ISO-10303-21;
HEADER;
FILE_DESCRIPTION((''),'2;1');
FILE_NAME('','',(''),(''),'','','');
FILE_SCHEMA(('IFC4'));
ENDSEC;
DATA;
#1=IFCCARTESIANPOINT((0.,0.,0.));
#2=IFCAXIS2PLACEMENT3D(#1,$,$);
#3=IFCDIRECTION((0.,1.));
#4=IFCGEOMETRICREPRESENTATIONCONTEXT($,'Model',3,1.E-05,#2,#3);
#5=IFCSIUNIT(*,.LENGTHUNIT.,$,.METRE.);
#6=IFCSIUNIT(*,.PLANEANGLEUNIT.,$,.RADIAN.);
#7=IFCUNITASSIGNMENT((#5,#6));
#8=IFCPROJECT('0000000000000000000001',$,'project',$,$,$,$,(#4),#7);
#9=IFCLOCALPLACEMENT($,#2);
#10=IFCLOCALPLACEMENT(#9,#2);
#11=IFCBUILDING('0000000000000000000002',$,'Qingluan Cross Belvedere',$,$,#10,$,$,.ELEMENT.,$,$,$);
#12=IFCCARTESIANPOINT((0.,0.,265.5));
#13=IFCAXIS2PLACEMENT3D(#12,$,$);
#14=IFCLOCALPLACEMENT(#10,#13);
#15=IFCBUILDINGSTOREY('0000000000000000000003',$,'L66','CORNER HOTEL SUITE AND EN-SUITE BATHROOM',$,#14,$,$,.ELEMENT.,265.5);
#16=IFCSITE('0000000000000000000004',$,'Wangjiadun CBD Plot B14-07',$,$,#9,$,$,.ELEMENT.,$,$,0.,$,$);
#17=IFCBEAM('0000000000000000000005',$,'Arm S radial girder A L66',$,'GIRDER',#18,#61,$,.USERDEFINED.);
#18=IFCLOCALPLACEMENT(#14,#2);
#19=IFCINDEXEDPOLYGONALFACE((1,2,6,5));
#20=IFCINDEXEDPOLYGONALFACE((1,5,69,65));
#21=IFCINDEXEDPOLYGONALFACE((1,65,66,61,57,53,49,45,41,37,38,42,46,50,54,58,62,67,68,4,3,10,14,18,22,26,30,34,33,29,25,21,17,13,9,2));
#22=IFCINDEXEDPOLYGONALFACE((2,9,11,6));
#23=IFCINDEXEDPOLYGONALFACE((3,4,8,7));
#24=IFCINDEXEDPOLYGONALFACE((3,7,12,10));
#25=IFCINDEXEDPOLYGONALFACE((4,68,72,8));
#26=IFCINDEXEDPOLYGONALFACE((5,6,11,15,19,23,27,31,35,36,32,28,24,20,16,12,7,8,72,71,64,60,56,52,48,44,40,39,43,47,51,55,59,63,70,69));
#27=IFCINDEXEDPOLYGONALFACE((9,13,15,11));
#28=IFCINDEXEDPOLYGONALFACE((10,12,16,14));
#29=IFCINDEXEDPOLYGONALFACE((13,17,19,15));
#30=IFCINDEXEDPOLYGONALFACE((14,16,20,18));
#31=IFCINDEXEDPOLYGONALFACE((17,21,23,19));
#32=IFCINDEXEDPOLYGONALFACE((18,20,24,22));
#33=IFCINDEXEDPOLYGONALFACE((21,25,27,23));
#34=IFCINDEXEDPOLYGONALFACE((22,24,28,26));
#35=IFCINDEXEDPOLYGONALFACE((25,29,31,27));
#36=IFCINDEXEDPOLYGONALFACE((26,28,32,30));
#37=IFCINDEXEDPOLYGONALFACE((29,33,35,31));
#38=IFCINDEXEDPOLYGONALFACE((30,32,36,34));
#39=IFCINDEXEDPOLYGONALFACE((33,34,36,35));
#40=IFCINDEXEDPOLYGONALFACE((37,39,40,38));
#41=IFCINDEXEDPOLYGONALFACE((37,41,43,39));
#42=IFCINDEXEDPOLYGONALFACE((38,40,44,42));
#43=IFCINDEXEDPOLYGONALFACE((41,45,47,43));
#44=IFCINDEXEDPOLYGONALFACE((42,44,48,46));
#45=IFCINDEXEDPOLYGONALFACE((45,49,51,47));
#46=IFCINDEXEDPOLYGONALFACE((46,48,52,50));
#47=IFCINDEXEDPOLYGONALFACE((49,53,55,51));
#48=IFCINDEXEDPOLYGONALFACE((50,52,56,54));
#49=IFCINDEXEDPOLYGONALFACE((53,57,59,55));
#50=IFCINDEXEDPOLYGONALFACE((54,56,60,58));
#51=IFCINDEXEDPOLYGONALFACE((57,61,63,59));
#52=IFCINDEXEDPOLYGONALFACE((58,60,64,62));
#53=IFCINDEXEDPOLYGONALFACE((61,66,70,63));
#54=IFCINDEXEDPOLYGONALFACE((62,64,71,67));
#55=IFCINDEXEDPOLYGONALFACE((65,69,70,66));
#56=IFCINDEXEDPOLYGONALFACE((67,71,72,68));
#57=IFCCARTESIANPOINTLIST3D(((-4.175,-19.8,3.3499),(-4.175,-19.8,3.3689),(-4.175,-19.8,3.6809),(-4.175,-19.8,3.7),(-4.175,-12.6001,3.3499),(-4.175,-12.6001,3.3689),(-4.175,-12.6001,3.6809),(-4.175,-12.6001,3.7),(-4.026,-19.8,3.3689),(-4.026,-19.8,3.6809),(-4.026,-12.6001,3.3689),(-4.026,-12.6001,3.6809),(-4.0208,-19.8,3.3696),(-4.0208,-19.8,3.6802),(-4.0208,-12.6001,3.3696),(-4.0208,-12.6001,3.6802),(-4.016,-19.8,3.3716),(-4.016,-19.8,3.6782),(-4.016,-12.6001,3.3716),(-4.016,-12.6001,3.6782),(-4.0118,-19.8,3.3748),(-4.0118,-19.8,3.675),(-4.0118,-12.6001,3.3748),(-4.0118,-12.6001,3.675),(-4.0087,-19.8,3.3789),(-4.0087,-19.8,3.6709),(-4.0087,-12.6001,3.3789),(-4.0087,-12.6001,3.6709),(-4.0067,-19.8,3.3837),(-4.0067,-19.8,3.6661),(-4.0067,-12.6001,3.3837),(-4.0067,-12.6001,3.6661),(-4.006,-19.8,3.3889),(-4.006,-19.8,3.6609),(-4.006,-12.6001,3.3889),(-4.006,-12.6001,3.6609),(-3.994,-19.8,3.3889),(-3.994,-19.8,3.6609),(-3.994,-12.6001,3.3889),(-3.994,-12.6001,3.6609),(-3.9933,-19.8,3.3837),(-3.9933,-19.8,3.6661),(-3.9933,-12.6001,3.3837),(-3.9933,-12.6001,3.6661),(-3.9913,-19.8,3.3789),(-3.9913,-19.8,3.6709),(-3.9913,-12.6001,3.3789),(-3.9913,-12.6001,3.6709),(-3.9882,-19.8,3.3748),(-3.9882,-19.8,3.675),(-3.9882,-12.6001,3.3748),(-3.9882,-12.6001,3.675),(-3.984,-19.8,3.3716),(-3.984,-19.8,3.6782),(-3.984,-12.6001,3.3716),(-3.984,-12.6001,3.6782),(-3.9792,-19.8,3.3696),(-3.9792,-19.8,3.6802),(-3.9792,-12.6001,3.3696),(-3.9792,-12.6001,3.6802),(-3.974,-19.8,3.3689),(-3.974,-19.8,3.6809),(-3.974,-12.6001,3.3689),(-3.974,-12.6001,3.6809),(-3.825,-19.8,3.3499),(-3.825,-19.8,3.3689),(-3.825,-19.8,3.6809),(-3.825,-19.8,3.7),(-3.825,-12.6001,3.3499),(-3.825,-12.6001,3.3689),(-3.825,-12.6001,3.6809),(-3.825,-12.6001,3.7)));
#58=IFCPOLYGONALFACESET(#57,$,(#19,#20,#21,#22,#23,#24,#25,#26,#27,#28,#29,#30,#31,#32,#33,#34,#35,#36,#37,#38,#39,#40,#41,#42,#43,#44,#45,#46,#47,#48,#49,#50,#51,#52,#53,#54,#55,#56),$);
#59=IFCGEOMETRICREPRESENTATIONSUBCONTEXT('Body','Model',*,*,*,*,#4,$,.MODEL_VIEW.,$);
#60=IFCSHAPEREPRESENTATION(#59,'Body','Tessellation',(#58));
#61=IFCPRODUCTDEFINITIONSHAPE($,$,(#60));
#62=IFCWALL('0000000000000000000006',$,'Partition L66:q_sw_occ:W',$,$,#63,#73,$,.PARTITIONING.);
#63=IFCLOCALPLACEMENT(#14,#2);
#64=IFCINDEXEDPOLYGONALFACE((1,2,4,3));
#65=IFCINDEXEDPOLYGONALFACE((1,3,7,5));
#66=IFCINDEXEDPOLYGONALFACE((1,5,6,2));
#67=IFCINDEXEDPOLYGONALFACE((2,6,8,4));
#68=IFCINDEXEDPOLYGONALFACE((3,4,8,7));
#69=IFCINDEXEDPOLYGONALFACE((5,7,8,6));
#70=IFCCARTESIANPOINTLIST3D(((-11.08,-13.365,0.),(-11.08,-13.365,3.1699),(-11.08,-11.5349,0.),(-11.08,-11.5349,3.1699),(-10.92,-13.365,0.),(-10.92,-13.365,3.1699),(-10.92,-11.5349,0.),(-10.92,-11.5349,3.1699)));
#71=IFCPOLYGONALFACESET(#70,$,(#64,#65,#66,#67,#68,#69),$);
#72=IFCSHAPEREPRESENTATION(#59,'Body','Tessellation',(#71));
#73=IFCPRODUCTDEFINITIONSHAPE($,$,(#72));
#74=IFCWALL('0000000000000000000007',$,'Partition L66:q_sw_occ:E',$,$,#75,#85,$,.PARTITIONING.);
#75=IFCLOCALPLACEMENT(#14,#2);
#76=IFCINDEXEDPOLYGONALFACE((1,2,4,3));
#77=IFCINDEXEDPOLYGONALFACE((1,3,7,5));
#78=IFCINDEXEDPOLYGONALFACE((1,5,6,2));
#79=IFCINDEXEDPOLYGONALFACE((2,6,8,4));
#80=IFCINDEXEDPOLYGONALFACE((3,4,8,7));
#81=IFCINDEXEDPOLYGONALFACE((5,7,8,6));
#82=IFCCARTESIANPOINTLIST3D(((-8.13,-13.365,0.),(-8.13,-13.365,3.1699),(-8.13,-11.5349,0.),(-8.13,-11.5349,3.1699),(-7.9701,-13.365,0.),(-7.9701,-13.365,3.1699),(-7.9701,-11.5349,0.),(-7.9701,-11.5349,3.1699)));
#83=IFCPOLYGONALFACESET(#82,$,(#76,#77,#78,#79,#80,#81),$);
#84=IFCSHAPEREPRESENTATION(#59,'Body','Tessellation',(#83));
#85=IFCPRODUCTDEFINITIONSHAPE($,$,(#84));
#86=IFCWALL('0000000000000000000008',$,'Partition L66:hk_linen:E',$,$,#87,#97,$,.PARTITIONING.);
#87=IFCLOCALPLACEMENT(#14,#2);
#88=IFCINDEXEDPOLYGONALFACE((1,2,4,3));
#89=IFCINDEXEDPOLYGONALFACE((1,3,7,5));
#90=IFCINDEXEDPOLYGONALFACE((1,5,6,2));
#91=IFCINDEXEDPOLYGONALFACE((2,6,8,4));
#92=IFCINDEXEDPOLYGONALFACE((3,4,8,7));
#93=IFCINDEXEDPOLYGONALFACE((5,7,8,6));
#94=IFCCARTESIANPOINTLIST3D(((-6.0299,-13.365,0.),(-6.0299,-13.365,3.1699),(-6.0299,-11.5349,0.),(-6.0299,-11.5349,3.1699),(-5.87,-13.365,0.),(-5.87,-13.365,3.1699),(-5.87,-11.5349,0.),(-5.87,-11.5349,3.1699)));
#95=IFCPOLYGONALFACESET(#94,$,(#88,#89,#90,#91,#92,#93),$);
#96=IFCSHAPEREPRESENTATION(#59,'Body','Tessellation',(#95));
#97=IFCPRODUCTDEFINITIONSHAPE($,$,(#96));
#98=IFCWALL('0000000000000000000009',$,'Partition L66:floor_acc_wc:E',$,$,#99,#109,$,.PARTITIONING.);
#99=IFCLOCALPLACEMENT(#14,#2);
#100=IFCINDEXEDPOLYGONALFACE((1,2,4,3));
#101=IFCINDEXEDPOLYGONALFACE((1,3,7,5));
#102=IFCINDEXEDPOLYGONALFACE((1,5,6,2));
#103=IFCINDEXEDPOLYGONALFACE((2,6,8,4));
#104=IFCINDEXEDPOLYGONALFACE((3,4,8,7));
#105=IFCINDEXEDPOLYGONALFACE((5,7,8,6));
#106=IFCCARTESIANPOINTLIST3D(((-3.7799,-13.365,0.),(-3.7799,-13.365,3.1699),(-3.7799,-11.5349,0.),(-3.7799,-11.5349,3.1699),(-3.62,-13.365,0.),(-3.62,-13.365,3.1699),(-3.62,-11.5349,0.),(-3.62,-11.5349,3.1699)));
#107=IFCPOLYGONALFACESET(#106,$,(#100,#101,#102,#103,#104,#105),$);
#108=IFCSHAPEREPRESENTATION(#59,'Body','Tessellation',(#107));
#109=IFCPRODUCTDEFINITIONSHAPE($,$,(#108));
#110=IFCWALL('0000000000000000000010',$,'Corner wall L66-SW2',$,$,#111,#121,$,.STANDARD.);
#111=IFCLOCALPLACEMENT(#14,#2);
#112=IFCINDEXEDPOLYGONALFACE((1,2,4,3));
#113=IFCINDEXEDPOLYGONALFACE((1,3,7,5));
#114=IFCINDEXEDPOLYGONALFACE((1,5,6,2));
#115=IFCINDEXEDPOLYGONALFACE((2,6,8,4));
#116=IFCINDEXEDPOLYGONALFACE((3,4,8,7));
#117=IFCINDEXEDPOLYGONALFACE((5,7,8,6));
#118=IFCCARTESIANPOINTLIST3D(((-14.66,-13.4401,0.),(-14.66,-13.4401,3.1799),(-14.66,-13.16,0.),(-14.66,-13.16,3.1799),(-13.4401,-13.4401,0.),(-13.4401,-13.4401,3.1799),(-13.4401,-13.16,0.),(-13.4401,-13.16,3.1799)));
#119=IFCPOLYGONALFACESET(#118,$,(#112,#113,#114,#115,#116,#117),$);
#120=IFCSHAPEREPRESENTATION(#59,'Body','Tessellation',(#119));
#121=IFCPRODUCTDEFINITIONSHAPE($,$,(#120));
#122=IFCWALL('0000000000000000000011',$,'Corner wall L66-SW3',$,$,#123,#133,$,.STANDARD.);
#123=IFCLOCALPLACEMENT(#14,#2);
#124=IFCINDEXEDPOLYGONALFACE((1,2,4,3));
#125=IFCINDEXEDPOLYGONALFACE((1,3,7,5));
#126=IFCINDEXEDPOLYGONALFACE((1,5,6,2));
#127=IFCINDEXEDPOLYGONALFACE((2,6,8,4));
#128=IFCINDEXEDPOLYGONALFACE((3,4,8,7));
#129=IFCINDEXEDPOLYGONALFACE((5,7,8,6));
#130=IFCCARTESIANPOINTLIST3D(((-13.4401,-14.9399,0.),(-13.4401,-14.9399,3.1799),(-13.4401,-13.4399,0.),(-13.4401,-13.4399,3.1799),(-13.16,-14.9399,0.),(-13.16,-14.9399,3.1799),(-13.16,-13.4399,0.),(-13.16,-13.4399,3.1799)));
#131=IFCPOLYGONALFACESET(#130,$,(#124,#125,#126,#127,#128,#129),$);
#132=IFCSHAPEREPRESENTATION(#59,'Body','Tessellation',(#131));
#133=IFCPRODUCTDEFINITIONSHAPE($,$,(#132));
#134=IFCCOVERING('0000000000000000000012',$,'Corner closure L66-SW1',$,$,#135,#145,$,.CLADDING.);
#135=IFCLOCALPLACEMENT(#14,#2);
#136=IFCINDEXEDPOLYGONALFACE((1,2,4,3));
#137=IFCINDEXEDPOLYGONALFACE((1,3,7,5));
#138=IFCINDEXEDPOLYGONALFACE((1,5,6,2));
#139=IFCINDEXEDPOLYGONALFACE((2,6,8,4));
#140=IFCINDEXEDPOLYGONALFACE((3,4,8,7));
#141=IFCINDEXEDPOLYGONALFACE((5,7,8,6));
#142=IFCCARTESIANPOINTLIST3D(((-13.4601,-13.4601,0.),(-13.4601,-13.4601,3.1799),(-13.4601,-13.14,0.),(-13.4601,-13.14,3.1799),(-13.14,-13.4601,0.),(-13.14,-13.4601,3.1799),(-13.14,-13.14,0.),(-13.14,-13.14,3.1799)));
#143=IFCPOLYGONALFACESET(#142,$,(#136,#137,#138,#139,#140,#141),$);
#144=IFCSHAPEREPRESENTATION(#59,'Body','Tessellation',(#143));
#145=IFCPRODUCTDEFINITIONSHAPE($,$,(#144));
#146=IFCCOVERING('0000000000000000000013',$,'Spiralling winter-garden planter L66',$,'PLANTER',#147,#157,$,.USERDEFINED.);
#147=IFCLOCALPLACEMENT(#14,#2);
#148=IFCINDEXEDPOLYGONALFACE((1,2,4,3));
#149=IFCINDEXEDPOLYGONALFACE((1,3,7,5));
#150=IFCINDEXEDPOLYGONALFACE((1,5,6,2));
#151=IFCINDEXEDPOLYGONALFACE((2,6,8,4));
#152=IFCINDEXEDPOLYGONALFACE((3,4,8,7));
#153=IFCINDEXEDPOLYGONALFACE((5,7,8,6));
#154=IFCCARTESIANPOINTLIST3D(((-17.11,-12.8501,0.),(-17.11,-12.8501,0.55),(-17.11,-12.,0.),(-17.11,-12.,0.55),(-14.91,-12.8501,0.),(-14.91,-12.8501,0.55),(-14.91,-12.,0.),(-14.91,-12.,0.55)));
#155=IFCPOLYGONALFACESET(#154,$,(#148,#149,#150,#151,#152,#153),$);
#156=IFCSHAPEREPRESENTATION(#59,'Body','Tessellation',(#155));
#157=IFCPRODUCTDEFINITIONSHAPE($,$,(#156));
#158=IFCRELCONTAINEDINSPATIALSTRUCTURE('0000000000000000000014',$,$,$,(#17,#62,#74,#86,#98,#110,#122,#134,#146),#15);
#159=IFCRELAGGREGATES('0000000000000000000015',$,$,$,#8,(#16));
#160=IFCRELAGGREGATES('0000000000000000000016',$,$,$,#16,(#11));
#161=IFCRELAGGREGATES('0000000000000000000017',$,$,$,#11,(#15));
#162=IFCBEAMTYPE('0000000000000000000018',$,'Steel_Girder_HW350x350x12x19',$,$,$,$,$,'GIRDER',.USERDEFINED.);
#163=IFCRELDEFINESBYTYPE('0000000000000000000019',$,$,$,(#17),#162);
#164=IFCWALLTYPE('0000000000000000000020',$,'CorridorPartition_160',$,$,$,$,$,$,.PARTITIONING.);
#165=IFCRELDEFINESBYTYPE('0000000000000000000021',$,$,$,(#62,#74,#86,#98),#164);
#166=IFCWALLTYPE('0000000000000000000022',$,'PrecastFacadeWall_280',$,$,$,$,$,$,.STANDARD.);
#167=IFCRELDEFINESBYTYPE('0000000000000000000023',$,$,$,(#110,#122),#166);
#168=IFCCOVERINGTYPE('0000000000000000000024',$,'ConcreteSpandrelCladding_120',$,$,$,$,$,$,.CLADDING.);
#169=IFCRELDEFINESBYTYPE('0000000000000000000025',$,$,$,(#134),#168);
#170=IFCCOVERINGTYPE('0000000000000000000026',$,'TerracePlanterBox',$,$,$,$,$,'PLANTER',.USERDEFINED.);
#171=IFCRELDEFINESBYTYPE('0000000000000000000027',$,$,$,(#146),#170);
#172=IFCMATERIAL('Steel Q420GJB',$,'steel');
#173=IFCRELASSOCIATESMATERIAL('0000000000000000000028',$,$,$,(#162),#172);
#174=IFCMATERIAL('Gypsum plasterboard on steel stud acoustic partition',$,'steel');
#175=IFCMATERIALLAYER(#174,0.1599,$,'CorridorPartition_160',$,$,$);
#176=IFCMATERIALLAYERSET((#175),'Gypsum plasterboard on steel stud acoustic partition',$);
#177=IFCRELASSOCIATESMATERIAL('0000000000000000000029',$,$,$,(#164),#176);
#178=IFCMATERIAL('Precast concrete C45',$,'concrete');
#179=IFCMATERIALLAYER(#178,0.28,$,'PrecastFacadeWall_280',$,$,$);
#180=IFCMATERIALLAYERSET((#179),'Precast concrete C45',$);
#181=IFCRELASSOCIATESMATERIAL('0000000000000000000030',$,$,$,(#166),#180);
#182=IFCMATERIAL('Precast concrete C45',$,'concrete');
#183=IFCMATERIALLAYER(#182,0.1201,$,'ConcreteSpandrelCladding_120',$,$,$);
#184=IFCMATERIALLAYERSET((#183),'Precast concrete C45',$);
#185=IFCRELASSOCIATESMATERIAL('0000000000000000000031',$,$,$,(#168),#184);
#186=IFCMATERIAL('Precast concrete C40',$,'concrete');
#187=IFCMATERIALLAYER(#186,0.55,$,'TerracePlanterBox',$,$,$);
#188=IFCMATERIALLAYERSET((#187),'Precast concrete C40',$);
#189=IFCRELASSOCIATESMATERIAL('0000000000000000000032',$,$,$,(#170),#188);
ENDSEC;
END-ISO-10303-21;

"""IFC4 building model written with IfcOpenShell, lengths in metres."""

from ifc_helpers import new_model, si_unit, direction, frame, frame_2d, origin, origin_2d, place, context, subcontext, project, spatial, rectangle, i_section, extrude, material, layer, layer_set, material_profile, profile_set, type_object, element, save


model = new_model("IFC4")

# Units and contexts
model_context = context("Model", 3, precision=1e-05, world=origin(), true_north=direction((0.0, 1.0)))
body_context = subcontext(model_context, "Body", "Model", "MODEL_VIEW")
ifc_project = project(units=[si_unit("LENGTHUNIT", "METRE"), si_unit("PLANEANGLEUNIT", "RADIAN")], contexts=[model_context])

# Site, building, storey
site_placement = place(None, origin())
site = spatial("IfcSite", under=ifc_project, at=site_placement, Name="Wangjiadun CBD Plot B14-07", CompositionType="ELEMENT", RefElevation=0.0)
building_placement = place(site_placement, origin())
building = spatial("IfcBuilding", under=site, at=building_placement, Name="Qingluan Cross Belvedere", CompositionType="ELEMENT")
storey_placement = place(building_placement, frame((0.0, 0.0, 265.5)))
storey = spatial("IfcBuildingStorey", under=building, at=storey_placement, Name="L66", Description="CORNER HOTEL SUITE AND EN-SUITE BATHROOM", CompositionType="ELEMENT", Elevation=265.5)

# Beam
ifc_material_1 = material(Name="Steel Q420GJB", Category="steel")
ifc_material_profile_1 = material_profile(ifc_material_1, i_section(OverallWidth=0.3501, OverallDepth=0.3501, WebThickness=0.012, FlangeThickness=0.019, FilletRadius=0.02, at=origin_2d()), Name="HW350x350x12x19")
ifc_profile_set_1 = profile_set([ifc_material_profile_1], Name="Steel Q420GJB")
beam_type_1 = type_object("IfcBeamType", Name="Steel_Girder_HW350x350x12x19", ElementType="GIRDER", PredefinedType="USERDEFINED", material=ifc_profile_set_1)
beam_1_placement = place(storey_placement, frame((-4.0, -12.6001, 3.5249), z_axis=(0.0, -1.0, 0.0), x_axis=(1.0, 0.0, 0.0)))
element("IfcBeam", 1, at=beam_1_placement, inside=storey, type_object=beam_type_1, Name="Arm S radial girder A L66", ObjectType="GIRDER", PredefinedType="USERDEFINED", context=body_context, shape_type="SweptSolid", body=[
    extrude(i_section(OverallWidth=0.3501, OverallDepth=0.3501, WebThickness=0.012, FlangeThickness=0.019, FilletRadius=0.02, at=origin_2d()), origin(), (0.0, 0.0, 1.0), 7.2),
])

# Walls
ifc_material_2 = material(Name="Gypsum plasterboard on steel stud acoustic partition", Category="steel")
ifc_layer_1 = layer(ifc_material_2, 0.1599, Name="CorridorPartition_160")
ifc_layer_set_1 = layer_set([ifc_layer_1], Name="Gypsum plasterboard on steel stud acoustic partition")
wall_type_1 = type_object("IfcWallType", Name="CorridorPartition_160", PredefinedType="PARTITIONING", material=ifc_layer_set_1)
for number, where, z_axis, x_axis, name in (
    (2, (-11.0, -13.365, 0.0), (0.0, 0.0, 1.0), (0.0, 1.0, 0.0), "Partition L66:q_sw_occ:W"),
    (3, (-8.05, -13.365, 0.0), (0.0, 0.0, 1.0), (0.0, 1.0, 0.0), "Partition L66:q_sw_occ:E"),
    (4, (-5.95, -13.365, 0.0), (0.0, 0.0, 1.0), (0.0, 1.0, 0.0), "Partition L66:hk_linen:E"),
    (5, (-3.7, -13.365, 0.0), (0.0, 0.0, 1.0), (0.0, 1.0, 0.0), "Partition L66:floor_acc_wc:E"),
):
    element("IfcWall", number, at=place(storey_placement, frame(where, z_axis=z_axis, x_axis=x_axis)), inside=storey, type_object=wall_type_1, Name=name, PredefinedType="PARTITIONING", context=body_context, shape_type="SweptSolid", body=[
        extrude(rectangle(XDim=1.8301, YDim=0.1599, at=frame_2d((0.915, 0.0))), origin(), (0.0, 0.0, 1.0), 3.1699),
    ])
ifc_material_3 = material(Name="Precast concrete C45", Category="concrete")
ifc_layer_2 = layer(ifc_material_3, 0.28, Name="PrecastFacadeWall_280")
ifc_layer_set_2 = layer_set([ifc_layer_2], Name="Precast concrete C45")
wall_type_2 = type_object("IfcWallType", Name="PrecastFacadeWall_280", PredefinedType="STANDARD", material=ifc_layer_set_2)
wall_1_placement = place(storey_placement, frame((-14.6599, -13.3, 0.0), z_axis=(0.0, 0.0, 1.0), x_axis=(1.0, 0.0, 0.0)))
element("IfcWall", 6, at=wall_1_placement, inside=storey, type_object=wall_type_2, Name="Corner wall L66-SW2", PredefinedType="STANDARD", context=body_context, shape_type="SweptSolid", body=[
    extrude(rectangle(XDim=1.22, YDim=0.28, at=frame_2d((0.6099, 0.0))), origin(), (0.0, 0.0, 1.0), 3.1799),
])
wall_2_placement = place(storey_placement, frame((-13.3, -13.4399, 0.0), z_axis=(0.0, 0.0, 1.0), x_axis=(0.0, -1.0, 0.0)))
element("IfcWall", 7, at=wall_2_placement, inside=storey, type_object=wall_type_2, Name="Corner wall L66-SW3", PredefinedType="STANDARD", context=body_context, shape_type="SweptSolid", body=[
    extrude(rectangle(XDim=1.5, YDim=0.28, at=frame_2d((0.75, 0.0))), origin(), (0.0, 0.0, 1.0), 3.1799),
])

# Coverings
ifc_material_4 = material(Name="Precast concrete C45", Category="concrete")
ifc_layer_3 = layer(ifc_material_4, 0.1201, Name="ConcreteSpandrelCladding_120")
ifc_layer_set_3 = layer_set([ifc_layer_3], Name="Precast concrete C45")
covering_type_1 = type_object("IfcCoveringType", Name="ConcreteSpandrelCladding_120", PredefinedType="CLADDING", material=ifc_layer_set_3)
covering_1_placement = place(storey_placement, frame((-13.3, -13.3, 0.0), z_axis=(0.0, 0.0, 1.0), x_axis=(1.0, 0.0, 0.0)))
element("IfcCovering", 8, at=covering_1_placement, inside=storey, type_object=covering_type_1, Name="Corner closure L66-SW1", PredefinedType="CLADDING", context=body_context, shape_type="SweptSolid", body=[
    extrude(rectangle(XDim=0.3201, YDim=0.3201, at=origin_2d()), origin(), (0.0, 0.0, 1.0), 3.1799),
])
ifc_material_5 = material(Name="Precast concrete C40", Category="concrete")
ifc_layer_4 = layer(ifc_material_5, 0.55, Name="TerracePlanterBox")
ifc_layer_set_4 = layer_set([ifc_layer_4], Name="Precast concrete C40")
covering_type_2 = type_object("IfcCoveringType", Name="TerracePlanterBox", ElementType="PLANTER", PredefinedType="USERDEFINED", material=ifc_layer_set_4)
covering_2_placement = place(storey_placement, frame((-16.01, -12.425, 0.0), z_axis=(0.0, 0.0, 1.0), x_axis=(1.0, 0.0, 0.0)))
element("IfcCovering", 9, at=covering_2_placement, inside=storey, type_object=covering_type_2, Name="Spiralling winter-garden planter L66", ObjectType="PLANTER", PredefinedType="USERDEFINED", context=body_context, shape_type="SweptSolid", body=[
    extrude(rectangle(XDim=2.2, YDim=0.8501, at=origin_2d()), origin(), (0.0, 0.0, 1.0), 0.55),
])

save(model, "model.ifc")
